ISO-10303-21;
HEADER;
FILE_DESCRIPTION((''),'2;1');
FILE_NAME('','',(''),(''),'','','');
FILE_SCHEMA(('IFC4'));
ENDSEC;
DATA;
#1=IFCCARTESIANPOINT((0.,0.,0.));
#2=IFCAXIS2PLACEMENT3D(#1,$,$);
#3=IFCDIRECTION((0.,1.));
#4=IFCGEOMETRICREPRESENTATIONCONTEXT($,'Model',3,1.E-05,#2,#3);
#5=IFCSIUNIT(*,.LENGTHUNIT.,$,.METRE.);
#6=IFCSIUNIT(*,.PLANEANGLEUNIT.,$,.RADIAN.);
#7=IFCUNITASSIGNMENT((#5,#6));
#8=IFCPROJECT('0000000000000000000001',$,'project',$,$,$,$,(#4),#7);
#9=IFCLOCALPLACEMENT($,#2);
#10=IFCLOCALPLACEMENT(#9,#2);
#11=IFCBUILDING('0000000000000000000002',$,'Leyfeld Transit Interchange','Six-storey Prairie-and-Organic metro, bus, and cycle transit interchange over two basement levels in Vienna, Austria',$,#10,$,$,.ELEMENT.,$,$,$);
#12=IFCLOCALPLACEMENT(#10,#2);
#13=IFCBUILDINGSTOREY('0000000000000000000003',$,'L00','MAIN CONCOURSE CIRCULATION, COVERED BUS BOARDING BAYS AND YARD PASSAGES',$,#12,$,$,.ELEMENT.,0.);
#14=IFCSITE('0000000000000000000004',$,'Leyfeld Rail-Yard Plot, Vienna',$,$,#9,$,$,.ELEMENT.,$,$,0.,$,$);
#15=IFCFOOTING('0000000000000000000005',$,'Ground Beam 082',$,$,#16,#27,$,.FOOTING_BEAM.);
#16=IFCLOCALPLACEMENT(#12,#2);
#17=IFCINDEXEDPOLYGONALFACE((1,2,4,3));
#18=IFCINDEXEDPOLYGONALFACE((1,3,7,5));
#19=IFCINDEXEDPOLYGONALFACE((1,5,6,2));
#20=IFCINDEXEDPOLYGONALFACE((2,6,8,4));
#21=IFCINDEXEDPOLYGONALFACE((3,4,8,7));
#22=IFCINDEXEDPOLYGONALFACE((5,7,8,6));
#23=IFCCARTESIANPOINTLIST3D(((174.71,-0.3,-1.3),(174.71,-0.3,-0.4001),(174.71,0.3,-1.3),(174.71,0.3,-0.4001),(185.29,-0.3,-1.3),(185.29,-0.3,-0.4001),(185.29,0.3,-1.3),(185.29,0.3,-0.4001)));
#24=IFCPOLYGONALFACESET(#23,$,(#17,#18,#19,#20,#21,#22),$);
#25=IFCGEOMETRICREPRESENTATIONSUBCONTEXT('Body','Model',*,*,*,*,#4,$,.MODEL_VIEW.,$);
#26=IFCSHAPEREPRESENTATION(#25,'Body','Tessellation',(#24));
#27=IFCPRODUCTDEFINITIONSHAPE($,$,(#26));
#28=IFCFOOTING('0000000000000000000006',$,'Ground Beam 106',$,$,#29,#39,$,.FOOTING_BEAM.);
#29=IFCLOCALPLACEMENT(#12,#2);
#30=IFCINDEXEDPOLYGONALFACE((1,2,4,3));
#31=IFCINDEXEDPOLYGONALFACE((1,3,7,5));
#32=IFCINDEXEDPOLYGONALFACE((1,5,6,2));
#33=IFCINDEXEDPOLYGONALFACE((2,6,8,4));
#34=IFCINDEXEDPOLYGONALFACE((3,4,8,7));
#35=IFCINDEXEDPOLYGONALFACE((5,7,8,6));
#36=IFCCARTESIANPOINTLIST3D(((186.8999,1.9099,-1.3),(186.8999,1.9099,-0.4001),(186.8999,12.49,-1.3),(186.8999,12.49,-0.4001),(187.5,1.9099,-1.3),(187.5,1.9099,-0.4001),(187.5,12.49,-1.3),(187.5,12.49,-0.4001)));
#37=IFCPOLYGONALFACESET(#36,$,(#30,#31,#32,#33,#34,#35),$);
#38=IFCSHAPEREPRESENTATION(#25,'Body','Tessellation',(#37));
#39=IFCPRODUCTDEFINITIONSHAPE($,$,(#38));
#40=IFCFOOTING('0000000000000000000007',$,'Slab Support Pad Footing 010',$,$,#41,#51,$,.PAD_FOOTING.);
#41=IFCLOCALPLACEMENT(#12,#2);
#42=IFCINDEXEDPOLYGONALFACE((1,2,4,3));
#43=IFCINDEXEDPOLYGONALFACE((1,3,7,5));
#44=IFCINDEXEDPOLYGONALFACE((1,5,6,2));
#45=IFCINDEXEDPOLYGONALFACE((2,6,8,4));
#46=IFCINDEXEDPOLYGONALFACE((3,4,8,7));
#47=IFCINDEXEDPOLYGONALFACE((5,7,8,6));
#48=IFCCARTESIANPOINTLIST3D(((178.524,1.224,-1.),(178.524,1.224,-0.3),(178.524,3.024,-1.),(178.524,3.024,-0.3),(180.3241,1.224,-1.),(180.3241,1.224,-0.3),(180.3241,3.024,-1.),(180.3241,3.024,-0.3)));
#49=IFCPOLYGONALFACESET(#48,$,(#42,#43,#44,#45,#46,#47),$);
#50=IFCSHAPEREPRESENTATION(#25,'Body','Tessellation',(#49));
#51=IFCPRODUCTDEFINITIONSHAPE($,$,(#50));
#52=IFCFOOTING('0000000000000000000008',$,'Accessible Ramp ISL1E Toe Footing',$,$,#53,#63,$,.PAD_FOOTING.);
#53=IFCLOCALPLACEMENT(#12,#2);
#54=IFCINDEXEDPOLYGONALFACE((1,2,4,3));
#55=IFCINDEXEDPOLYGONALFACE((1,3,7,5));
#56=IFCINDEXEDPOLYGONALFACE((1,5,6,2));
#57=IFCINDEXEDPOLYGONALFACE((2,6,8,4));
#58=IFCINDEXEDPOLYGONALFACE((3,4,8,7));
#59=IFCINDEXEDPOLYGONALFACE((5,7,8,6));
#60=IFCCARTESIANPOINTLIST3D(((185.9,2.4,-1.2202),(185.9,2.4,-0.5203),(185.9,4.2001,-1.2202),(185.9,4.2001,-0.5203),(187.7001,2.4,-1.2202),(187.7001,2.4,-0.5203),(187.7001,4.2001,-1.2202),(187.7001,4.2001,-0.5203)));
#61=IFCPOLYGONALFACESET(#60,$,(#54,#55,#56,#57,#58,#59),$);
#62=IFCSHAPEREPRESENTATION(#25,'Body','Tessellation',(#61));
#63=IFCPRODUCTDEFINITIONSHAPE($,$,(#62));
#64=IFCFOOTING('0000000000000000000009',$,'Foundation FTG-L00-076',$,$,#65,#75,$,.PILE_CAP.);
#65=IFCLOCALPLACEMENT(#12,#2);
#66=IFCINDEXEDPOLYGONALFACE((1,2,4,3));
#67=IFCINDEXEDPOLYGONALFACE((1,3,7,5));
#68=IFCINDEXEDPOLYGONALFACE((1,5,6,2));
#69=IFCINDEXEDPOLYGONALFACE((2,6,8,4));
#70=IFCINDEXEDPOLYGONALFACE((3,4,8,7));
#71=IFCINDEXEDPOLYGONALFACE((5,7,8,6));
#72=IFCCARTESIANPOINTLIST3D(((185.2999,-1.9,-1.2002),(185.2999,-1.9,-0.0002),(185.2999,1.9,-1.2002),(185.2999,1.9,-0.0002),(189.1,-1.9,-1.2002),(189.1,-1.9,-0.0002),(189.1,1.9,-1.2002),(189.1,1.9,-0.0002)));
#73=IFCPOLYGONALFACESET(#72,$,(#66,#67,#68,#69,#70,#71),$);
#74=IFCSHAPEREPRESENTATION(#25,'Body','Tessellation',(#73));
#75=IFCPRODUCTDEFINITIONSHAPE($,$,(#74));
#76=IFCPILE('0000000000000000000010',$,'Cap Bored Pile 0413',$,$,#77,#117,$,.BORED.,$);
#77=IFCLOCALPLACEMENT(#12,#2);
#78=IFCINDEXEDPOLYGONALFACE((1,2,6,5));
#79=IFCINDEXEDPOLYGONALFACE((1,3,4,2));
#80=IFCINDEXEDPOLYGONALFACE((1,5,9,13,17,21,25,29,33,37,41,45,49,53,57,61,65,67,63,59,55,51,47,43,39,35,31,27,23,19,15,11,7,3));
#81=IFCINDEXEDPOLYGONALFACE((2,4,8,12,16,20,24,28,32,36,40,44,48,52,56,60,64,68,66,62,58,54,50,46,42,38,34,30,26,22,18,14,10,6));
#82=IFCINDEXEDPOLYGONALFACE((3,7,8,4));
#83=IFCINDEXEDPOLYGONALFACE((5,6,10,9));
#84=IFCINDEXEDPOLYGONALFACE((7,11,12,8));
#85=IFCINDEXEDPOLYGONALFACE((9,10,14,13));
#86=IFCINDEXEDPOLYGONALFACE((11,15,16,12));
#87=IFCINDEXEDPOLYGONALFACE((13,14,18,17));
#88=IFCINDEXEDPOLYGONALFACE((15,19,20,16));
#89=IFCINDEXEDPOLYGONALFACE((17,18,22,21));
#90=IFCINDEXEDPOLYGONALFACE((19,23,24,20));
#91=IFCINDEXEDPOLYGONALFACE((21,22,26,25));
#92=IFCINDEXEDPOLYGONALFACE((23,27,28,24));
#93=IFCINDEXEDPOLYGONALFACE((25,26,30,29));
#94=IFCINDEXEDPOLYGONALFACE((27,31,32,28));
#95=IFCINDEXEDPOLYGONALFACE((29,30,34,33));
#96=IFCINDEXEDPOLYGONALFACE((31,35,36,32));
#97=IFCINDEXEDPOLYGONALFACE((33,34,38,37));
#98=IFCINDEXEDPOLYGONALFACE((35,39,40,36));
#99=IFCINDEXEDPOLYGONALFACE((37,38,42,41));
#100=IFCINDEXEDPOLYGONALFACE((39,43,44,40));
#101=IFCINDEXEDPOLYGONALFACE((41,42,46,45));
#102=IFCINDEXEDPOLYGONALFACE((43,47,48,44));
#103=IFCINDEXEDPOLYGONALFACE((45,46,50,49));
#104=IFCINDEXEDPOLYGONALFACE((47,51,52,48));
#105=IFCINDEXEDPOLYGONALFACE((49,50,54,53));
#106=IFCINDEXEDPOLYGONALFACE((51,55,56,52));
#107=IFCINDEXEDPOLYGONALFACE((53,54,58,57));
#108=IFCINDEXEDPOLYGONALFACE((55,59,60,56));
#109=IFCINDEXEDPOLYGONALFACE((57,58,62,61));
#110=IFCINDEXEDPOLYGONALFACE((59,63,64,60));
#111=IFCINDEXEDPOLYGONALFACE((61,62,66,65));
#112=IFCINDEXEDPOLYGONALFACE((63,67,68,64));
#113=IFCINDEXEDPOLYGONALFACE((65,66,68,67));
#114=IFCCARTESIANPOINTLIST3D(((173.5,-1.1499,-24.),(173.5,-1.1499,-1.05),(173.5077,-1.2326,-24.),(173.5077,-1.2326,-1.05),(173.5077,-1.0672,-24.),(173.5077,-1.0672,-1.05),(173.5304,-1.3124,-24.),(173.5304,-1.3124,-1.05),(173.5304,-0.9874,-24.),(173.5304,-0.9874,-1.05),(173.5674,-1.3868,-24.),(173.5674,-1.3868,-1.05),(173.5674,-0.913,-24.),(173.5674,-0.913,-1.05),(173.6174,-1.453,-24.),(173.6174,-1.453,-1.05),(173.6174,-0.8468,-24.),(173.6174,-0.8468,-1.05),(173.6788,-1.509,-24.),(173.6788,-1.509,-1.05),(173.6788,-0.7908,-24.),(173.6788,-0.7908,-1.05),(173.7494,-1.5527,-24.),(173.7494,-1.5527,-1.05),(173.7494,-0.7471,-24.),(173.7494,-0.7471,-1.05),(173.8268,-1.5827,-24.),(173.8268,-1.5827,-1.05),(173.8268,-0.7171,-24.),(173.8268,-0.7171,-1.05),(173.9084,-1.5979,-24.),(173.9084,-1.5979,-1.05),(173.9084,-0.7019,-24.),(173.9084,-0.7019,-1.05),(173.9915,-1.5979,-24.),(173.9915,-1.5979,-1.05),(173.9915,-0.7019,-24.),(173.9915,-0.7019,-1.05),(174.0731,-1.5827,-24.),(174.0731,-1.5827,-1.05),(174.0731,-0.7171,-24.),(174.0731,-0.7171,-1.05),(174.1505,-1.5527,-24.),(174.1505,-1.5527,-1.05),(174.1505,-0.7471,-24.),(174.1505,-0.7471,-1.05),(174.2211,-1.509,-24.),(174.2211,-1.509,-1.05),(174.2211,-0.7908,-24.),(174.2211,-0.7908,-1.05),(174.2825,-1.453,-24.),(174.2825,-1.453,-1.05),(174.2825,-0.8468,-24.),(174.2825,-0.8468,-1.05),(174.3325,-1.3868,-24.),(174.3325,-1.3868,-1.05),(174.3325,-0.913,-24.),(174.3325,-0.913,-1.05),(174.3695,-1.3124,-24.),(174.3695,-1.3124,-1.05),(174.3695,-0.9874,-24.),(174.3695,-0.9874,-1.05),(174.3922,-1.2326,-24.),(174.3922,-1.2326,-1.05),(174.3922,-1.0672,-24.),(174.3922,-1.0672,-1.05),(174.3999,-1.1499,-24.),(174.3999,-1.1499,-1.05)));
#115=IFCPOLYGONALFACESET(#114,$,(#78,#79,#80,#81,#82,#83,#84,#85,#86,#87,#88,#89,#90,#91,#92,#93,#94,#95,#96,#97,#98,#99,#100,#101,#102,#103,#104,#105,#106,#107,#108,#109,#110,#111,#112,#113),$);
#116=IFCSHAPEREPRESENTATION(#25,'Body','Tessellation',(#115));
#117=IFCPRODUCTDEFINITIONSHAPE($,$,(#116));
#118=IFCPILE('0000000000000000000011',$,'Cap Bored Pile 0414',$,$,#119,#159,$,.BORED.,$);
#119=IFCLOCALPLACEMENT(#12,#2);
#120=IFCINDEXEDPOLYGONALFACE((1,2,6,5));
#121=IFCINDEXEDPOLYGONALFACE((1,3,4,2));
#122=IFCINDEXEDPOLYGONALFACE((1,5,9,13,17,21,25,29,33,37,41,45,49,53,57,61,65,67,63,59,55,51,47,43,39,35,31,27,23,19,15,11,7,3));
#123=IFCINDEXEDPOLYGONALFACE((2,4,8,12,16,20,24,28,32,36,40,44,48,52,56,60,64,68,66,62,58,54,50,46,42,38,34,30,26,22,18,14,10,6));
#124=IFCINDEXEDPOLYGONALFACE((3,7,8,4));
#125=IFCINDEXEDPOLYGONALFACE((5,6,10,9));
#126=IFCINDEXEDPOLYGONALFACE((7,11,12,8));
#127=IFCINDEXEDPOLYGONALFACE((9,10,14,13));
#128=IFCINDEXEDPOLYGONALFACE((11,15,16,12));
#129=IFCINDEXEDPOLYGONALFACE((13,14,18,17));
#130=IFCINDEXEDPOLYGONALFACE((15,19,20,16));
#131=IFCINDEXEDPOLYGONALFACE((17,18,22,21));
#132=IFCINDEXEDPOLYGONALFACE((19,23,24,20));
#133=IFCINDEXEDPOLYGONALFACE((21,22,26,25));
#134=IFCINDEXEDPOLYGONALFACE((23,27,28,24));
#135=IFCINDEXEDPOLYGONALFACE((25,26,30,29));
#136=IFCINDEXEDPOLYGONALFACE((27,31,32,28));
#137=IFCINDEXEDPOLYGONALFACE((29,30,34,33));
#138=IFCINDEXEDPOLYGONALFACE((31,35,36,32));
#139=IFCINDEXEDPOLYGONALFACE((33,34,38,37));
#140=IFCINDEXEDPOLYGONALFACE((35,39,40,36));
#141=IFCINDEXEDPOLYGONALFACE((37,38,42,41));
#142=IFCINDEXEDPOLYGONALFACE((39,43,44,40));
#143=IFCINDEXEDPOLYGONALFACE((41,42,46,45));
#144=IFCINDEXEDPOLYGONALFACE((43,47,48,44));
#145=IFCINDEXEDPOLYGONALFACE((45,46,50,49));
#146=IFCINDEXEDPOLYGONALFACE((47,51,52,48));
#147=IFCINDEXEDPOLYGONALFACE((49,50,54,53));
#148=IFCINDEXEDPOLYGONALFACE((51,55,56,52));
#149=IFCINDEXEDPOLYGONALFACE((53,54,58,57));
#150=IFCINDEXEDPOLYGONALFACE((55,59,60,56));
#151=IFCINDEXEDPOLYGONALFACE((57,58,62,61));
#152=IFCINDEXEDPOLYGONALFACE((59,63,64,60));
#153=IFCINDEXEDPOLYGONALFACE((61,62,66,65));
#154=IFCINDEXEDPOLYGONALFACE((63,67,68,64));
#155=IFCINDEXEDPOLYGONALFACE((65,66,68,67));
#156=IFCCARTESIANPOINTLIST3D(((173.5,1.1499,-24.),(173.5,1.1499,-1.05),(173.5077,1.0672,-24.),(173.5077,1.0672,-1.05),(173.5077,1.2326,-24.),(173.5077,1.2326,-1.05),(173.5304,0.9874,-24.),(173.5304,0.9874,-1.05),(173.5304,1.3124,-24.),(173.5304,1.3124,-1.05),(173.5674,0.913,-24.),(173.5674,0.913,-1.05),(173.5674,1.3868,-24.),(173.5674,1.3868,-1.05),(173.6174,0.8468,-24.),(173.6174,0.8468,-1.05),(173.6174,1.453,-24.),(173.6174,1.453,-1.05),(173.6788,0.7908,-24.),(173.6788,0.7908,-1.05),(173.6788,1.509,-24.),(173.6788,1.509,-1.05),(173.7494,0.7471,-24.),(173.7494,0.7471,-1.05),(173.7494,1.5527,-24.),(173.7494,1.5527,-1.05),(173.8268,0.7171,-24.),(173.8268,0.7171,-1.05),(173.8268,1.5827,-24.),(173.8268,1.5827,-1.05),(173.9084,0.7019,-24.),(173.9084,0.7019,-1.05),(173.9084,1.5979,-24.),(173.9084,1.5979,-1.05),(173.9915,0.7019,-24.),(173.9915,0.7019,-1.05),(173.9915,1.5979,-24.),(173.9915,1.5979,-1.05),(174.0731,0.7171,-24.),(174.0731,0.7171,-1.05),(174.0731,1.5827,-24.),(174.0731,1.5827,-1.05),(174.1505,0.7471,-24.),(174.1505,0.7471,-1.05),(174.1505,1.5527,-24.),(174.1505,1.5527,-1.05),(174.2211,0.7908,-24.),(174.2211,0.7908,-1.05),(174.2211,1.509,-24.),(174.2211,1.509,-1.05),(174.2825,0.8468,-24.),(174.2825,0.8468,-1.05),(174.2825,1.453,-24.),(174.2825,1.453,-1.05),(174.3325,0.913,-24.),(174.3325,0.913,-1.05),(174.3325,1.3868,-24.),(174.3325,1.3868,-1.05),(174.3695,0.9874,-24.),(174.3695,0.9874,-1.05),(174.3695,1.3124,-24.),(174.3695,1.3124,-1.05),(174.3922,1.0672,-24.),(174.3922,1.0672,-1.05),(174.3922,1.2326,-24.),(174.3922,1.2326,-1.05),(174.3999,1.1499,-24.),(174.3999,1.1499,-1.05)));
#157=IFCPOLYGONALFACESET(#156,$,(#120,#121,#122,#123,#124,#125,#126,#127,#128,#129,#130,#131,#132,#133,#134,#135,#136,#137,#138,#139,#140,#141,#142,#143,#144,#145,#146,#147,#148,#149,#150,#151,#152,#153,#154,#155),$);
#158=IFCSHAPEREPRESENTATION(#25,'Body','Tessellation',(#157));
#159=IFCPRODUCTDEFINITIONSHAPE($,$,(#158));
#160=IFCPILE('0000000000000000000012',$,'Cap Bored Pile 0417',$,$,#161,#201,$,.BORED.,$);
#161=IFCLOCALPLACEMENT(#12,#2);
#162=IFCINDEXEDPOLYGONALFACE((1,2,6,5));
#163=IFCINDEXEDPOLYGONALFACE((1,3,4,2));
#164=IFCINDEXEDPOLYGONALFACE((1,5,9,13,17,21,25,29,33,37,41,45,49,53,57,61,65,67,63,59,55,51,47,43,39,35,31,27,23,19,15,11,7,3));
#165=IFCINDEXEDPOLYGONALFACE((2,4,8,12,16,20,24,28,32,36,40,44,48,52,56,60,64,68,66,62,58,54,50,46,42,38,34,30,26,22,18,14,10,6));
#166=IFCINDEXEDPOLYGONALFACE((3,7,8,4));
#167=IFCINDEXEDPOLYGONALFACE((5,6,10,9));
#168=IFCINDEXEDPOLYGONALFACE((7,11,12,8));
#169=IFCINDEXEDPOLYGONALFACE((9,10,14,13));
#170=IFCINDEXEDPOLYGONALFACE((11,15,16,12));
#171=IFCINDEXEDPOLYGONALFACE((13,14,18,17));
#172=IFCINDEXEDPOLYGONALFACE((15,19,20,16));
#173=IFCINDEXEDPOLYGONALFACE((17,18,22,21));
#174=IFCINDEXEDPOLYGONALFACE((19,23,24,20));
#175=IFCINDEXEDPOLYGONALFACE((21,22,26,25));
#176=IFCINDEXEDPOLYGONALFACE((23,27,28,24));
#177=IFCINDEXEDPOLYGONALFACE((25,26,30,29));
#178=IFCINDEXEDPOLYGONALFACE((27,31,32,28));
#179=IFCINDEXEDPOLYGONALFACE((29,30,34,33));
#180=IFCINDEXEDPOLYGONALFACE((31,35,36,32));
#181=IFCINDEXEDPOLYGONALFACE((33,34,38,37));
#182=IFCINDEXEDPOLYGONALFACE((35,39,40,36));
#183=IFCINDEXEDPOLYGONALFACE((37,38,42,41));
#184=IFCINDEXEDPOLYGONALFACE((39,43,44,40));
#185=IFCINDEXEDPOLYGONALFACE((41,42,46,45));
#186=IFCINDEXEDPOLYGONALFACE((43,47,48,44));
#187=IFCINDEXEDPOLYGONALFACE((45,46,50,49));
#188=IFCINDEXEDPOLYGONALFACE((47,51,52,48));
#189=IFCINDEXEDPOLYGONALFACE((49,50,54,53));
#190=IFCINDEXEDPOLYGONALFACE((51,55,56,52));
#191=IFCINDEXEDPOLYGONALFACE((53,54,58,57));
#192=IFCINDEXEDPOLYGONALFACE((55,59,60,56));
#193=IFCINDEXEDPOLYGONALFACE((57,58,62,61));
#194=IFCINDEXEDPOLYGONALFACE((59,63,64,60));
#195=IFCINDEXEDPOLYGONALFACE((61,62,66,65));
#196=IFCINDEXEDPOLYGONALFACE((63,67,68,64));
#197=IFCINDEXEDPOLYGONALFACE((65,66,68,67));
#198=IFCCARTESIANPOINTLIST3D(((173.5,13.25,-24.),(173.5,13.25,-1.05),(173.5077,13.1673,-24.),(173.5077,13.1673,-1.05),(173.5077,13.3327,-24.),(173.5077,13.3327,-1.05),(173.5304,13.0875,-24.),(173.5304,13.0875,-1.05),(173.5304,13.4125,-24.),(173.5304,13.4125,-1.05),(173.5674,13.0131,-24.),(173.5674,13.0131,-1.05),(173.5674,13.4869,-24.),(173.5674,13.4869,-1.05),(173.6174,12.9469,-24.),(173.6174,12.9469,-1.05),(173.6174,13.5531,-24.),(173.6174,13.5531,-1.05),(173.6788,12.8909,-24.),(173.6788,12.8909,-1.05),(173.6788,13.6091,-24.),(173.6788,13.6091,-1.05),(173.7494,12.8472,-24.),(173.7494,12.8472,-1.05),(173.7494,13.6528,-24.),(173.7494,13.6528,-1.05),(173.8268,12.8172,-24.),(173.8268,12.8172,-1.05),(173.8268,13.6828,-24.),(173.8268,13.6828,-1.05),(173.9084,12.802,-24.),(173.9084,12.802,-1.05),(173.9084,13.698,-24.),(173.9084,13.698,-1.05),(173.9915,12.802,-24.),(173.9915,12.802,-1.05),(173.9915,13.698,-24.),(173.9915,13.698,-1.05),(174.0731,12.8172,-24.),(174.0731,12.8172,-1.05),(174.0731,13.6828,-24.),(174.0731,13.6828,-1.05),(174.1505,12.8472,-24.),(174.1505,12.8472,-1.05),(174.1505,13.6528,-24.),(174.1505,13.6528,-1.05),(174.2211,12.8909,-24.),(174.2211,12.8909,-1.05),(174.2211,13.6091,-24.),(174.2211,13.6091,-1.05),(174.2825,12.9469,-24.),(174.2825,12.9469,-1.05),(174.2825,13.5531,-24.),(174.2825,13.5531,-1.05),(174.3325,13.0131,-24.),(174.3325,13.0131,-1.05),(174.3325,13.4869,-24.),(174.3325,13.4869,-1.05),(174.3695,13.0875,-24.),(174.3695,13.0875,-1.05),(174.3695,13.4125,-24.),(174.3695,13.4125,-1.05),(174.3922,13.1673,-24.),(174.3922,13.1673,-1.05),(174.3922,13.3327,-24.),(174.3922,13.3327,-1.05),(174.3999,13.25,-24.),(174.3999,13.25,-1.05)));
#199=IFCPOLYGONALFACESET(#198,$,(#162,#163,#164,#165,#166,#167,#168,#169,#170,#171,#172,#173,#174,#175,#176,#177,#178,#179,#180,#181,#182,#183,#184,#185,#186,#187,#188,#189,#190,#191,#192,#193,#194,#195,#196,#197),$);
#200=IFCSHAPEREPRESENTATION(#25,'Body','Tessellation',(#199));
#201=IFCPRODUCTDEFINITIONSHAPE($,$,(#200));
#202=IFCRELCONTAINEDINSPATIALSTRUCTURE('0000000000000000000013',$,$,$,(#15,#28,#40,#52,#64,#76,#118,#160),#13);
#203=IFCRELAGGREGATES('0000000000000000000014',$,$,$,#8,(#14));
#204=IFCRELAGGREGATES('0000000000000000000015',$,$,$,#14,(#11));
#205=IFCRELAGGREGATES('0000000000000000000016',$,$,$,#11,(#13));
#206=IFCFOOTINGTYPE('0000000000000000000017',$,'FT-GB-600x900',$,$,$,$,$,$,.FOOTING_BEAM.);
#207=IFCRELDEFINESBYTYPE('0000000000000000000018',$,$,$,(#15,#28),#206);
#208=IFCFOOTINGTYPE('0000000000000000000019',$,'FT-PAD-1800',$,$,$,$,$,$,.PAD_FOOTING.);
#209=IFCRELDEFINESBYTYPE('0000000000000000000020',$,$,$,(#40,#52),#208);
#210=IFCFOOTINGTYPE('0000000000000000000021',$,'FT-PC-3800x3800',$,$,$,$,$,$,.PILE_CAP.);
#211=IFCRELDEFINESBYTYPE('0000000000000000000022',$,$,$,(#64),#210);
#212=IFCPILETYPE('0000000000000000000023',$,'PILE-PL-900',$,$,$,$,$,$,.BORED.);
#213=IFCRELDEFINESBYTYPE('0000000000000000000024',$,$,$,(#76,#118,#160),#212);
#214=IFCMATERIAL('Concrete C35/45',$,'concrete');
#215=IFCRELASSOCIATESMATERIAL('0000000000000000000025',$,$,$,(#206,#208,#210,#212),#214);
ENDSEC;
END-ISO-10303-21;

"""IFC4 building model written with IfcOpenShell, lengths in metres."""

from ifc_helpers import new_model, si_unit, direction, frame, origin, origin_2d, place, context, subcontext, project, spatial, rectangle, circle, extrude, material, material_profile, profile_set, type_object, element, save


model = new_model("IFC4")

# Units and contexts
model_context = context("Model", 3, precision=1e-05, world=origin(), true_north=direction((0.0, 1.0)))
body_context = subcontext(model_context, "Body", "Model", "MODEL_VIEW")
ifc_project = project(units=[si_unit("LENGTHUNIT", "METRE"), si_unit("PLANEANGLEUNIT", "RADIAN")], contexts=[model_context])

# Site, building, storey
site_placement = place(None, origin())
site = spatial("IfcSite", under=ifc_project, at=site_placement, Name="Leyfeld Rail-Yard Plot, Vienna", CompositionType="ELEMENT", RefElevation=0.0)
building_placement = place(site_placement, origin())
building = spatial("IfcBuilding", under=site, at=building_placement, Name="Leyfeld Transit Interchange", Description="Six-storey Prairie-and-Organic metro, bus, and cycle transit interchange over two basement levels in Vienna, Austria", CompositionType="ELEMENT")
storey_placement = place(building_placement, origin())
storey = spatial("IfcBuildingStorey", under=building, at=storey_placement, Name="L00", Description="MAIN CONCOURSE CIRCULATION, COVERED BUS BOARDING BAYS AND YARD PASSAGES", CompositionType="ELEMENT", Elevation=0.0)

# Footings
ifc_material_1 = material(Name="Concrete C35/45", Category="concrete")
footing_type_1 = type_object("IfcFootingType", Name="FT-GB-600x900", PredefinedType="FOOTING_BEAM", material=ifc_material_1)
footing_1_placement = place(storey_placement, frame((180.0, 0.0, -1.3), z_axis=(0.0, 0.0, 1.0), x_axis=(1.0, 0.0, 0.0)))
element("IfcFooting", 1, at=footing_1_placement, inside=storey, type_object=footing_type_1, Name="Ground Beam 082", PredefinedType="FOOTING_BEAM", context=body_context, shape_type="SweptSolid", body=[
    extrude(rectangle(XDim=10.5801, YDim=0.6001, at=origin_2d()), origin(), (0.0, 0.0, 1.0), 0.8999),
])
footing_2_placement = place(storey_placement, frame((187.2, 7.2, -1.3), z_axis=(0.0, 0.0, 1.0), x_axis=(1.0, 0.0, 0.0)))
element("IfcFooting", 2, at=footing_2_placement, inside=storey, type_object=footing_type_1, Name="Ground Beam 106", PredefinedType="FOOTING_BEAM", context=body_context, shape_type="SweptSolid", body=[
    extrude(rectangle(XDim=0.6001, YDim=10.5801, at=origin_2d()), origin(), (0.0, 0.0, 1.0), 0.8999),
])
footing_type_2 = type_object("IfcFootingType", Name="FT-PAD-1800", PredefinedType="PAD_FOOTING", material=ifc_material_1)
for number, where, z_axis, x_axis, name in (
    (3, (179.4241, 2.124, -1.0), (0.0, 0.0, 1.0), (1.0, 0.0, 0.0), "Slab Support Pad Footing 010"),
    (4, (186.8, 3.3, -1.2202), (0.0, 0.0, 1.0), (1.0, 0.0, 0.0), "Accessible Ramp ISL1E Toe Footing"),
):
    element("IfcFooting", number, at=place(storey_placement, frame(where, z_axis=z_axis, x_axis=x_axis)), inside=storey, type_object=footing_type_2, Name=name, PredefinedType="PAD_FOOTING", context=body_context, shape_type="SweptSolid", body=[
        extrude(rectangle(XDim=1.8, YDim=1.8, at=origin_2d()), origin(), (0.0, 0.0, 1.0), 0.7),
    ])
footing_type_3 = type_object("IfcFootingType", Name="FT-PC-3800x3800", PredefinedType="PILE_CAP", material=ifc_material_1)
footing_3_placement = place(storey_placement, frame((187.2, 0.0, -1.2002), z_axis=(0.0, 0.0, 1.0), x_axis=(1.0, 0.0, 0.0)))
element("IfcFooting", 5, at=footing_3_placement, inside=storey, type_object=footing_type_3, Name="Foundation FTG-L00-076", PredefinedType="PILE_CAP", context=body_context, shape_type="SweptSolid", body=[
    extrude(rectangle(XDim=3.8, YDim=3.8, at=origin_2d()), origin(), (0.0, 0.0, 1.0), 1.2),
])

# Piles
ifc_material_profile_1 = material_profile(ifc_material_1, circle(Radius=0.45, at=origin_2d()), Name="PILE D900")
ifc_profile_set_1 = profile_set([ifc_material_profile_1], Name="Concrete C35/45")
pile_type = type_object("IfcPileType", Name="PILE-PL-900", PredefinedType="BORED", material=ifc_profile_set_1)
for number, where, z_axis, x_axis, name in (
    (6, (173.95, -1.1499, -1.05), (0.0, 0.0, -1.0), (1.0, 0.0, 0.0), "Cap Bored Pile 0413"),
    (7, (173.95, 1.1499, -1.05), (0.0, 0.0, -1.0), (1.0, 0.0, 0.0), "Cap Bored Pile 0414"),
    (8, (173.95, 13.25, -1.05), (0.0, 0.0, -1.0), (1.0, 0.0, 0.0), "Cap Bored Pile 0417"),
):
    element("IfcPile", number, at=place(storey_placement, frame(where, z_axis=z_axis, x_axis=x_axis)), inside=storey, type_object=pile_type, Name=name, PredefinedType="BORED", context=body_context, shape_type="SweptSolid", body=[
        extrude(circle(Radius=0.45, at=origin_2d()), origin(), (0.0, 0.0, 1.0), 22.95),
    ])

save(model, "model.ifc")
